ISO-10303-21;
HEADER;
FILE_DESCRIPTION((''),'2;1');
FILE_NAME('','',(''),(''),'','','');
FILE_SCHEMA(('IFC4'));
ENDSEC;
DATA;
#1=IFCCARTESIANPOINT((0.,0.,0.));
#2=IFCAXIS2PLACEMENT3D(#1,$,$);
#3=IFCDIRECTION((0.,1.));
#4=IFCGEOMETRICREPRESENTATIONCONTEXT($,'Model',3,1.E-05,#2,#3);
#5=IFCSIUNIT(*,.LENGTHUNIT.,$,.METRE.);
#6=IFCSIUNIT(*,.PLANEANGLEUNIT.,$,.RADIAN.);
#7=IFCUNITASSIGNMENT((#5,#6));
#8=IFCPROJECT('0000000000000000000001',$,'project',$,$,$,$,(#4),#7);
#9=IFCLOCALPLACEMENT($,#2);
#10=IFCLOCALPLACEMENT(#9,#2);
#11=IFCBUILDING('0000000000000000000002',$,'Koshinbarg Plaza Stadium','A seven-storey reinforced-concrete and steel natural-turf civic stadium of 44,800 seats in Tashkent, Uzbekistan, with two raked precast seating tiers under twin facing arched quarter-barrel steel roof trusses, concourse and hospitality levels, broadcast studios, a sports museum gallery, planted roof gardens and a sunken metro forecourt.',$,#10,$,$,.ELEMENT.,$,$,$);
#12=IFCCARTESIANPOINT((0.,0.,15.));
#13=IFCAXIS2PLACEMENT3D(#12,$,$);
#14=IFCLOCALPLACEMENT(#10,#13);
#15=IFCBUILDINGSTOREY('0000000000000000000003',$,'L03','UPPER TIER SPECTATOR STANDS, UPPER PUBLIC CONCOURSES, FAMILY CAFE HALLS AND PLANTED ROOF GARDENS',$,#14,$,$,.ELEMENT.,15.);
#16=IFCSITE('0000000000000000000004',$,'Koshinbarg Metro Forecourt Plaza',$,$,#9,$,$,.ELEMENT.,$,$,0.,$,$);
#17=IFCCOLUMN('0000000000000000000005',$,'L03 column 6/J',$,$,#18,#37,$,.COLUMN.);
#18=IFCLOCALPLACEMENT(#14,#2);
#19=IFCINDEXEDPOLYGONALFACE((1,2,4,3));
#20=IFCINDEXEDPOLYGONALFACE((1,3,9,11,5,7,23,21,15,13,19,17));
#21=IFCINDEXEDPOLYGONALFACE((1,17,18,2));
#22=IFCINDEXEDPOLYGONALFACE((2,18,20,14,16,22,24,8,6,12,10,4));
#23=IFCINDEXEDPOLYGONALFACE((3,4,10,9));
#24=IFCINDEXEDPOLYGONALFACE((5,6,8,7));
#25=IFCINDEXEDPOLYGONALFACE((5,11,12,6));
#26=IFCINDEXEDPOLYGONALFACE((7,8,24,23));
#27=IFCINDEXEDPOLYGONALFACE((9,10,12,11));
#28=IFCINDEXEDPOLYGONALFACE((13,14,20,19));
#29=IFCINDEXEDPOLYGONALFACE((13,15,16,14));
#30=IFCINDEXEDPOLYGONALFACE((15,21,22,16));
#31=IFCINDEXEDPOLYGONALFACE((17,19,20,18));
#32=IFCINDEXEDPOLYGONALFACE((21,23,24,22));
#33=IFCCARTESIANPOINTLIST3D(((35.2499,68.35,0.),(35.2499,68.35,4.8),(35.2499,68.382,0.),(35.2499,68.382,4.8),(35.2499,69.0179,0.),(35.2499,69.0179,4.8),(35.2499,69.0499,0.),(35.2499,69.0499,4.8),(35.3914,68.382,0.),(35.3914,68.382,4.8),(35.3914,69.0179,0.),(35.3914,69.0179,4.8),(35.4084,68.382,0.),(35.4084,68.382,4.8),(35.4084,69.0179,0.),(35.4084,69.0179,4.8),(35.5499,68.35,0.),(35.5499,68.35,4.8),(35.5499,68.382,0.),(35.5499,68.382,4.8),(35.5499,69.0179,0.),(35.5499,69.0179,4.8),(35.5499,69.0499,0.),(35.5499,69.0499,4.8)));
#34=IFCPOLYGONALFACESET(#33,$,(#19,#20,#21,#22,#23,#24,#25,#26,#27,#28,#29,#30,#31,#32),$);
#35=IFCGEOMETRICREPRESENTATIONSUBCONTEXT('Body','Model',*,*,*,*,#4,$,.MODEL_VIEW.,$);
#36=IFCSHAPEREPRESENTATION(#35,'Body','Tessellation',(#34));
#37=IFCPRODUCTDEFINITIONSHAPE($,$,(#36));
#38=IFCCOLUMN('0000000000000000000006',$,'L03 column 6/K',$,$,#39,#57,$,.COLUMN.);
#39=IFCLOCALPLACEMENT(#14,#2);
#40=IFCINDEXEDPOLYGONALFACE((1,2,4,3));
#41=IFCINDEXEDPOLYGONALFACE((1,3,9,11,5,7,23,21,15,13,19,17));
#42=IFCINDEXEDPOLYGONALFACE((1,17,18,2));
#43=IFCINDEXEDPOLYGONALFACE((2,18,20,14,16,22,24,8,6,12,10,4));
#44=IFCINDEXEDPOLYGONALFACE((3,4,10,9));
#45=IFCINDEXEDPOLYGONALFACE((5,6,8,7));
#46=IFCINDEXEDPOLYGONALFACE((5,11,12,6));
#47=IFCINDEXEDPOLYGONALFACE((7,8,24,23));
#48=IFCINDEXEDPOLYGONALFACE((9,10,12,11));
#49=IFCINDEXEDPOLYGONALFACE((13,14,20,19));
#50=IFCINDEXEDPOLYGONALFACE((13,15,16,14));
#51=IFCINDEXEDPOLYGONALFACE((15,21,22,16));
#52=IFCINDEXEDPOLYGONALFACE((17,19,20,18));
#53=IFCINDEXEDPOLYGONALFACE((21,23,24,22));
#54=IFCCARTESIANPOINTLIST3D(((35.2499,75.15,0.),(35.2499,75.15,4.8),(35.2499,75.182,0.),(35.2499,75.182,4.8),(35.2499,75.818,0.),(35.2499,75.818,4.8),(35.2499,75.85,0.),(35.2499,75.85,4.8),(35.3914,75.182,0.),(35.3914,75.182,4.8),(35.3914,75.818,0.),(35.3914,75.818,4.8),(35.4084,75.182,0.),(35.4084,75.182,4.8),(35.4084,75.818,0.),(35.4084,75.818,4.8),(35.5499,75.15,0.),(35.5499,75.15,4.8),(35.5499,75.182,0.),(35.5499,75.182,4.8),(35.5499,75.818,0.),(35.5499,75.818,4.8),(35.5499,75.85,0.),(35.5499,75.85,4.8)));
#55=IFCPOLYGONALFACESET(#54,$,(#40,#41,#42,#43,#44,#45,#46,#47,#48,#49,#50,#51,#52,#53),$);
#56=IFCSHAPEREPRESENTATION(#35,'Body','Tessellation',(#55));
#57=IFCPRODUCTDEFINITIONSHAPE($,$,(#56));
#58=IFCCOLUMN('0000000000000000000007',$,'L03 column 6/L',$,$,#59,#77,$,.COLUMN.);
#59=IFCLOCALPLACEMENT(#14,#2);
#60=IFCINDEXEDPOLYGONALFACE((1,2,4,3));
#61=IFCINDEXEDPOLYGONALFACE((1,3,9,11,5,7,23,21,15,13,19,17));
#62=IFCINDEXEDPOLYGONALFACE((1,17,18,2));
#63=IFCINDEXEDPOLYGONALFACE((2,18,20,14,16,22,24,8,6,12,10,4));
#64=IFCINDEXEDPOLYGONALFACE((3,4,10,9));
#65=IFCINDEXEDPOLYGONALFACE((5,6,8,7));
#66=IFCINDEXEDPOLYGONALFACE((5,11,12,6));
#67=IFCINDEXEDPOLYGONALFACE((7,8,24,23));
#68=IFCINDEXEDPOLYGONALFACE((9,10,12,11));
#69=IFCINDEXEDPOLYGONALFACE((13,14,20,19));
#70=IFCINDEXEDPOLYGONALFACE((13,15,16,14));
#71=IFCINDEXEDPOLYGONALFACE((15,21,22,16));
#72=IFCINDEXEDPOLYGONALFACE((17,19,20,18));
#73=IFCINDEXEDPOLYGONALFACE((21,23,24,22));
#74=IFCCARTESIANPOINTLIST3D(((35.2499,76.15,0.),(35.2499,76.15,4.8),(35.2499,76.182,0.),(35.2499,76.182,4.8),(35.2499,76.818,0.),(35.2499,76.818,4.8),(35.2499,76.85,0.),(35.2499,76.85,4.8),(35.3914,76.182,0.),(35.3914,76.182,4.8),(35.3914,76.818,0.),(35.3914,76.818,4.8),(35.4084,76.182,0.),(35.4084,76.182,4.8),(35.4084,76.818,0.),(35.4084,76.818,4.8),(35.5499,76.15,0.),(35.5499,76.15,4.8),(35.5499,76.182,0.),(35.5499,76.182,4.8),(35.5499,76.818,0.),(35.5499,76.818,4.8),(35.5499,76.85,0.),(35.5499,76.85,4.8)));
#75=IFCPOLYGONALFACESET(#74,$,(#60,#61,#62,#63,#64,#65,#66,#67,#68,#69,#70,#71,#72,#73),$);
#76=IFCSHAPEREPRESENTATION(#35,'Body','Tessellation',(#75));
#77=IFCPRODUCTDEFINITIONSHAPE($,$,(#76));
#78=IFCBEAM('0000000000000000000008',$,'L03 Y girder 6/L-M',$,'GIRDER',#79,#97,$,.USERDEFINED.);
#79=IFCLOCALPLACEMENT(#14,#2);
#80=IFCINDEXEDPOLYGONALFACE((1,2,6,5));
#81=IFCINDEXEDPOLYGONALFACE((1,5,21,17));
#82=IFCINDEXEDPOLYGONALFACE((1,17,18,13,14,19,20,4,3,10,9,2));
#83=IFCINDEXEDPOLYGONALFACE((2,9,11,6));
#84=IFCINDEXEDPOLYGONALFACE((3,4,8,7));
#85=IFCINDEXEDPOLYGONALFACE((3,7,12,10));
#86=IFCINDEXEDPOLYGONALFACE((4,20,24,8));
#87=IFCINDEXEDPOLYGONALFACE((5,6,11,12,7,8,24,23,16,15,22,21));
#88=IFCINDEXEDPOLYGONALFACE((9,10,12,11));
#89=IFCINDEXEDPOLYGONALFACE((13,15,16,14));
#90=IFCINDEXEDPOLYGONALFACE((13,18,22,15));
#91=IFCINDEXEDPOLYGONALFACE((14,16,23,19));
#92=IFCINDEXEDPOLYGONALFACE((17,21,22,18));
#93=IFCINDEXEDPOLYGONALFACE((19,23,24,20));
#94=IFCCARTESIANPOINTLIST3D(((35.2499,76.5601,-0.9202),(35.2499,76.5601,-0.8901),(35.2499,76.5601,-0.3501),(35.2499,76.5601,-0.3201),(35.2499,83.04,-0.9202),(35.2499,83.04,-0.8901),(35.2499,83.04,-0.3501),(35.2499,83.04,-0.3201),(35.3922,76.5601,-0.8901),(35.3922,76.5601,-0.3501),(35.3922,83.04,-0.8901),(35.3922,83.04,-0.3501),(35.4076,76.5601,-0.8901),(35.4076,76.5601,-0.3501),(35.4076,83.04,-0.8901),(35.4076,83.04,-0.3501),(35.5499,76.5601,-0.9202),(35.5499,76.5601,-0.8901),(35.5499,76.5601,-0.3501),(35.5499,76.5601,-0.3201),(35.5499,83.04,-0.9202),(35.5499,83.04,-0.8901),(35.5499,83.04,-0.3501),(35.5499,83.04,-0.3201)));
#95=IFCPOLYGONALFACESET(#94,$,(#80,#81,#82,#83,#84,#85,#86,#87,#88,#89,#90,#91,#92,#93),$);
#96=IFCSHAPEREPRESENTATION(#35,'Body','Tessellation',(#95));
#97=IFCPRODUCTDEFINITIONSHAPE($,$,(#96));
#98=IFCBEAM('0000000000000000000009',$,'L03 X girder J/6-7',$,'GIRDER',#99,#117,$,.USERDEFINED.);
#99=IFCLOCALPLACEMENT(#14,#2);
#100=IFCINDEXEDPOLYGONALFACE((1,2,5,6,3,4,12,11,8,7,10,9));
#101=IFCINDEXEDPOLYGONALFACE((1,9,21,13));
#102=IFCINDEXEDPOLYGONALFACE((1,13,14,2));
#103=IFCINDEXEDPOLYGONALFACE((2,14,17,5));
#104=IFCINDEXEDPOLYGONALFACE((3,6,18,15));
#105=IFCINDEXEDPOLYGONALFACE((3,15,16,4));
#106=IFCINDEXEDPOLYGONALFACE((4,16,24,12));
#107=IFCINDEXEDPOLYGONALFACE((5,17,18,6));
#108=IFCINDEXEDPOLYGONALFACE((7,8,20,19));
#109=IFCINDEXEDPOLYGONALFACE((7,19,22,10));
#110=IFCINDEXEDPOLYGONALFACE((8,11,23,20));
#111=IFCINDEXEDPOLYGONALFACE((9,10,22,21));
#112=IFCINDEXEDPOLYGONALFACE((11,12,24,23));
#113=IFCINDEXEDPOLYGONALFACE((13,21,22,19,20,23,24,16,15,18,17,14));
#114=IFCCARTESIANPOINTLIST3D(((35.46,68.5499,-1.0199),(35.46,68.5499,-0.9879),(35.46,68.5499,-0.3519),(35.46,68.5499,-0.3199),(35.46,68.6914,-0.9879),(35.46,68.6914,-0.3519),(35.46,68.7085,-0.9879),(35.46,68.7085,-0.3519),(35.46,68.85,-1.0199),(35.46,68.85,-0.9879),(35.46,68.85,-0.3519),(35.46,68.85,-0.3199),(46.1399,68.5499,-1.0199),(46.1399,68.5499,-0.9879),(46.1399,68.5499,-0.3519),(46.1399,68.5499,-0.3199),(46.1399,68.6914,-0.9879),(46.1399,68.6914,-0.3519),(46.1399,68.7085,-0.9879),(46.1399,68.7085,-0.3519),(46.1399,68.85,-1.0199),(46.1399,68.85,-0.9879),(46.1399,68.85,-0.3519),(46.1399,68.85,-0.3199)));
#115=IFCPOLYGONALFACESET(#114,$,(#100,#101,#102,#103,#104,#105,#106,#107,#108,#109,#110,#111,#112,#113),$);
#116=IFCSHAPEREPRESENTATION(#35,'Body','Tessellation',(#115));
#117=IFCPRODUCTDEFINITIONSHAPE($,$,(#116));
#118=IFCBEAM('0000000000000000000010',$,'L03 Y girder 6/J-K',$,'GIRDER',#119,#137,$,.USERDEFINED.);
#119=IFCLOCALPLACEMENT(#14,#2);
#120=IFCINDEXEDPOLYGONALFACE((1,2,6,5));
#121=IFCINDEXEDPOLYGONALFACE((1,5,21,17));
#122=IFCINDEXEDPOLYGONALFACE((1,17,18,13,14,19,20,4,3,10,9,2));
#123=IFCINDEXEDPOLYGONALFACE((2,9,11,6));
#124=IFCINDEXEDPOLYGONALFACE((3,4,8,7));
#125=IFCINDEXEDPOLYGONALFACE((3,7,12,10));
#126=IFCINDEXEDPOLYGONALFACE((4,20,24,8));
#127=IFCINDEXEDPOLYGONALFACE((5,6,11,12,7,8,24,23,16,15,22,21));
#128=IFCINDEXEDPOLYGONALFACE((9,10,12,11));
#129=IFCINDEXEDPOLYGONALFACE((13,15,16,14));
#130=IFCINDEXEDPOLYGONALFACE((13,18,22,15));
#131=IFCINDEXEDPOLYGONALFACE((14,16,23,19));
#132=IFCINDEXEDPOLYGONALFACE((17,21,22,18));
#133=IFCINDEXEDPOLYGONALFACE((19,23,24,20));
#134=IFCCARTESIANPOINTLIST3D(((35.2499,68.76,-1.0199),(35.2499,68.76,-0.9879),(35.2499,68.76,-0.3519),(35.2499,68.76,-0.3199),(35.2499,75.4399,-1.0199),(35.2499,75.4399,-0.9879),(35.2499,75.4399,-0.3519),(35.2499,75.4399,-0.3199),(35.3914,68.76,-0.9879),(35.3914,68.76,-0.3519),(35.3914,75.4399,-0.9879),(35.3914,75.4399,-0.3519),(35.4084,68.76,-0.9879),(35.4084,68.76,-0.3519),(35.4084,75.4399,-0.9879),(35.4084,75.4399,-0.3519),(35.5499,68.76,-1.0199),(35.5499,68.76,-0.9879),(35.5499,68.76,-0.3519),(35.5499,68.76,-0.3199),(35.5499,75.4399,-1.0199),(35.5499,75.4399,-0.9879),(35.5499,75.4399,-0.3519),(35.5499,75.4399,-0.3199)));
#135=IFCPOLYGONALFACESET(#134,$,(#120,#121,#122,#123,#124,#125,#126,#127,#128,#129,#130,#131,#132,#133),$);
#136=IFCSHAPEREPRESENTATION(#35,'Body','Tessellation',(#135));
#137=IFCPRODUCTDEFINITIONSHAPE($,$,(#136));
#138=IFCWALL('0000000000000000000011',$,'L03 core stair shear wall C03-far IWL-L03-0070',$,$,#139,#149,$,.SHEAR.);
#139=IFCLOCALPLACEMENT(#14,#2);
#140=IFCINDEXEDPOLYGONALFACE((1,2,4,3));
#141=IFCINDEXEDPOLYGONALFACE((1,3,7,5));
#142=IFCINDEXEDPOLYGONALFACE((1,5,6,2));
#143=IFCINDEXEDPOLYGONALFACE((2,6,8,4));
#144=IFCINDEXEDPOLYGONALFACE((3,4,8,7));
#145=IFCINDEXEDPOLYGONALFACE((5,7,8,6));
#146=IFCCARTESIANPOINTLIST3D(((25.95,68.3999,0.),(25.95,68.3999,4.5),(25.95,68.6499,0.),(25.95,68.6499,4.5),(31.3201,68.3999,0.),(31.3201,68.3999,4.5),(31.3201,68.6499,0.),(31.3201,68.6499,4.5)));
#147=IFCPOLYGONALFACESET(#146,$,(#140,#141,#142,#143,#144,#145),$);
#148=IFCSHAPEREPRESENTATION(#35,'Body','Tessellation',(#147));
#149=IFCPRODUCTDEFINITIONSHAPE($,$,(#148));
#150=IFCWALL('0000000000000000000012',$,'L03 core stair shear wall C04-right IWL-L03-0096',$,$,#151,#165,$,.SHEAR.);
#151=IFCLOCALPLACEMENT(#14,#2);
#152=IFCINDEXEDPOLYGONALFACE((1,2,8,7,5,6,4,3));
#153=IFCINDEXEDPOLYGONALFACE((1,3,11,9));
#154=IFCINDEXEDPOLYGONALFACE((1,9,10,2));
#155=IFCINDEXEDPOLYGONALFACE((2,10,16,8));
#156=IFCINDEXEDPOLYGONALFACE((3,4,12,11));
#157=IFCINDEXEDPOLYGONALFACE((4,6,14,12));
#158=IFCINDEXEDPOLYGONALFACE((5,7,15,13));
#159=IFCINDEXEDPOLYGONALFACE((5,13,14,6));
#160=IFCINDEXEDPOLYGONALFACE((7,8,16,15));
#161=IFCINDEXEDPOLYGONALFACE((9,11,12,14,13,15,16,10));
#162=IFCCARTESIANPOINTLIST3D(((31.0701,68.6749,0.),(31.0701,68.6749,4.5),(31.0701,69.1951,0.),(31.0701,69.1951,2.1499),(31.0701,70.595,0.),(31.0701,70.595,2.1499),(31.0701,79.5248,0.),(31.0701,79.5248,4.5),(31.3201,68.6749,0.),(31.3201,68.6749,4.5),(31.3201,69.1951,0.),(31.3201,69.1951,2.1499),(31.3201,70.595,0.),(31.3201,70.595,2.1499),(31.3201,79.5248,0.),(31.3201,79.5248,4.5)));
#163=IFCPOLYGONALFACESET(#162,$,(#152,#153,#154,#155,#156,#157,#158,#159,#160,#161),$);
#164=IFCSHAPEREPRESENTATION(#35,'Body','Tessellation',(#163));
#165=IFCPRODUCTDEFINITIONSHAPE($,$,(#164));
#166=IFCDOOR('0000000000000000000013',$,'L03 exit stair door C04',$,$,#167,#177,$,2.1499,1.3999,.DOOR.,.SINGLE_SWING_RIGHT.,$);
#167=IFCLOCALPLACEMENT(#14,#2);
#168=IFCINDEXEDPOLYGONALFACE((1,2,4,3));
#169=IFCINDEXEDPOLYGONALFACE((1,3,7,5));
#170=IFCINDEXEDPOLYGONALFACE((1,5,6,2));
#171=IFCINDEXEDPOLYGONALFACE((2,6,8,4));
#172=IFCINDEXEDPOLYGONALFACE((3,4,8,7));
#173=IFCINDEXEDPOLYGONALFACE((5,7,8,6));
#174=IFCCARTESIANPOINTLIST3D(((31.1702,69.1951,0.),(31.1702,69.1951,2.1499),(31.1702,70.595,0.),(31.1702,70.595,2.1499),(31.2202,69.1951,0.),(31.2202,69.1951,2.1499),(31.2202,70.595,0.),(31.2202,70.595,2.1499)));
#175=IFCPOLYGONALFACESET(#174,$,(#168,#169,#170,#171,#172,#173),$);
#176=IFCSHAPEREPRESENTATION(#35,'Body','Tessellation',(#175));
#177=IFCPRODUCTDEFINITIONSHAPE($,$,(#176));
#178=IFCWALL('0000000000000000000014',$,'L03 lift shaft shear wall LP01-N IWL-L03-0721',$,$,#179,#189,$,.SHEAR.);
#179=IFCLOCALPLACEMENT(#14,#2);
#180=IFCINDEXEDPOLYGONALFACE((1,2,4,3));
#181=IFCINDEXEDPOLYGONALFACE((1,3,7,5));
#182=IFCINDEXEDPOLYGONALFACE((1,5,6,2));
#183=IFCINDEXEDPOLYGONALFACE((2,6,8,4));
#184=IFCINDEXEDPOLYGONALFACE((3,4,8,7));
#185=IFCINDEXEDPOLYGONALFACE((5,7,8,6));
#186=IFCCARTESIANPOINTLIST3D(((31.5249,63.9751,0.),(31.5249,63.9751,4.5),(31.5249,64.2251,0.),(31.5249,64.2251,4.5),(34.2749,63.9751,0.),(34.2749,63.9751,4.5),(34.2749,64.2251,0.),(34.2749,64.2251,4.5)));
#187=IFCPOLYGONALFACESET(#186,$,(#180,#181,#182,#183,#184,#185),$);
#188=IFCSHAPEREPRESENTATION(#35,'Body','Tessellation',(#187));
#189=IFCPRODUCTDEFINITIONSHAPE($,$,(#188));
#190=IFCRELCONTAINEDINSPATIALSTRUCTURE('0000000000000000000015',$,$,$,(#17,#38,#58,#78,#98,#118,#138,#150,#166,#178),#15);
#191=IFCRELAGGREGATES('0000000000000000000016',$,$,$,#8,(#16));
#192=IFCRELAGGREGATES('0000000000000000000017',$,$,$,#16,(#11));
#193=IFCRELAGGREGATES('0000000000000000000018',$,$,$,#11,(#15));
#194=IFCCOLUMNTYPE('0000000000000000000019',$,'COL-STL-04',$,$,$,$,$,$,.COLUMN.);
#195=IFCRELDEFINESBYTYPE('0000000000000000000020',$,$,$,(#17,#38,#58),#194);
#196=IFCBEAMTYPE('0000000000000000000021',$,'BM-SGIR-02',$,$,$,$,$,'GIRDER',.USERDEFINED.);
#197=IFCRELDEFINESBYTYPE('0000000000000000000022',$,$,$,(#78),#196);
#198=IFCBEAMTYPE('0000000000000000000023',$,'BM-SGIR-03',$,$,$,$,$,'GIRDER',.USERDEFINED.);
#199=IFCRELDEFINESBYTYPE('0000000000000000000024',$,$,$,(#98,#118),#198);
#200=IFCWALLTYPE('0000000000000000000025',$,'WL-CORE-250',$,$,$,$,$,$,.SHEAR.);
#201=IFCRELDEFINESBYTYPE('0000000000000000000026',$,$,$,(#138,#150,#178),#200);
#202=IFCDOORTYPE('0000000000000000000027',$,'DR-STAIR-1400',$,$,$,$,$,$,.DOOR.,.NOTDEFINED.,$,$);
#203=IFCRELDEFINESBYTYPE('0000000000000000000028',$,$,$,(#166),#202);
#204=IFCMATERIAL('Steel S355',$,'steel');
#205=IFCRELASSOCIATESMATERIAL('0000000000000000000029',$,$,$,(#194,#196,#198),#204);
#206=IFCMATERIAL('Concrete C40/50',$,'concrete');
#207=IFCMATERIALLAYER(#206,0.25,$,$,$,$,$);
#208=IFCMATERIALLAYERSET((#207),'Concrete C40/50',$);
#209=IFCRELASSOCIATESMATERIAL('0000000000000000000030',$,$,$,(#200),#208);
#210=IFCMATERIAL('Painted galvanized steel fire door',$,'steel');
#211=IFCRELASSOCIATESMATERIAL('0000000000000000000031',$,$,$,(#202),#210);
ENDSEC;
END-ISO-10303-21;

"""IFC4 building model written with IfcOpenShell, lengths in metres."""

from ifc_helpers import new_model, si_unit, direction, frame, frame_2d, origin, origin_2d, place, context, subcontext, project, spatial, rectangle, i_section, extrude, material, layer, layer_set, material_profile, profile_set, type_object, element, fill, save


model = new_model("IFC4")

# Units and contexts
model_context = context("Model", 3, precision=1e-05, world=origin(), true_north=direction((0.0, 1.0)))
body_context = subcontext(model_context, "Body", "Model", "MODEL_VIEW")
ifc_project = project(units=[si_unit("LENGTHUNIT", "METRE"), si_unit("PLANEANGLEUNIT", "RADIAN")], contexts=[model_context])

# Site, building, storey
site_placement = place(None, origin())
site = spatial("IfcSite", under=ifc_project, at=site_placement, Name="Koshinbarg Metro Forecourt Plaza", CompositionType="ELEMENT", RefElevation=0.0)
building_placement = place(site_placement, origin())
building = spatial("IfcBuilding", under=site, at=building_placement, Name="Koshinbarg Plaza Stadium", Description="A seven-storey reinforced-concrete and steel natural-turf civic stadium of 44,800 seats in Tashkent, Uzbekistan, with two raked precast seating tiers under twin facing arched quarter-barrel steel roof trusses, concourse and hospitality levels, broadcast studios, a sports museum gallery, planted roof gardens and a sunken metro forecourt.", CompositionType="ELEMENT")
storey_placement = place(building_placement, frame((0.0, 0.0, 15.0)))
storey = spatial("IfcBuildingStorey", under=building, at=storey_placement, Name="L03", Description="UPPER TIER SPECTATOR STANDS, UPPER PUBLIC CONCOURSES, FAMILY CAFE HALLS AND PLANTED ROOF GARDENS", CompositionType="ELEMENT", Elevation=15.0)

# Columns
ifc_material_1 = material(Name="Steel S355", Category="steel")
ifc_material_profile_1 = material_profile(ifc_material_1, i_section(OverallWidth=0.3, OverallDepth=0.7, WebThickness=0.0171, FlangeThickness=0.032, at=origin_2d()), Name="HEB 700")
ifc_profile_set_1 = profile_set([ifc_material_profile_1], Name="Steel S355")
column_type = type_object("IfcColumnType", Name="COL-STL-04", PredefinedType="COLUMN", material=ifc_profile_set_1)
for number, where, z_axis, x_axis, name in (
    (1, (35.3999, 68.7, 0.0), (0.0, 0.0, 1.0), (1.0, 0.0, 0.0), "L03 column 6/J"),
    (2, (35.3999, 75.5, 0.0), (0.0, 0.0, 1.0), (1.0, 0.0, 0.0), "L03 column 6/K"),
    (3, (35.3999, 76.5, 0.0), (0.0, 0.0, 1.0), (1.0, 0.0, 0.0), "L03 column 6/L"),
):
    element("IfcColumn", number, at=place(storey_placement, frame(where, z_axis=z_axis, x_axis=x_axis)), inside=storey, type_object=column_type, Name=name, PredefinedType="COLUMN", context=body_context, shape_type="SweptSolid", body=[
        extrude(i_section(OverallWidth=0.3, OverallDepth=0.7, WebThickness=0.0171, FlangeThickness=0.032, at=origin_2d()), origin(), (0.0, 0.0, 1.0), 4.8),
    ])

# Beams
ifc_material_profile_2 = material_profile(ifc_material_1, i_section(OverallWidth=0.3, OverallDepth=0.6001, WebThickness=0.0154, FlangeThickness=0.03, at=origin_2d()), Name="HEB 600")
ifc_profile_set_2 = profile_set([ifc_material_profile_2], Name="Steel S355")
beam_type_1 = type_object("IfcBeamType", Name="BM-SGIR-02", ElementType="GIRDER", PredefinedType="USERDEFINED", material=ifc_profile_set_2)
beam_1_placement = place(storey_placement, frame((35.3999, 76.5601, -0.6201), z_axis=(0.0, 1.0, 0.0), x_axis=(-1.0, 0.0, 0.0)))
element("IfcBeam", 4, at=beam_1_placement, inside=storey, type_object=beam_type_1, Name="L03 Y girder 6/L-M", ObjectType="GIRDER", PredefinedType="USERDEFINED", context=body_context, shape_type="SweptSolid", body=[
    extrude(i_section(OverallWidth=0.3, OverallDepth=0.6001, WebThickness=0.0154, FlangeThickness=0.03, at=origin_2d()), origin(), (0.0, 0.0, 1.0), 6.48),
])
ifc_material_profile_3 = material_profile(ifc_material_1, i_section(OverallWidth=0.3, OverallDepth=0.7, WebThickness=0.0171, FlangeThickness=0.032, at=origin_2d()), Name="HEB 700")
ifc_profile_set_3 = profile_set([ifc_material_profile_3], Name="Steel S355")
beam_type_2 = type_object("IfcBeamType", Name="BM-SGIR-03", ElementType="GIRDER", PredefinedType="USERDEFINED", material=ifc_profile_set_3)
beam_2_placement = place(storey_placement, frame((35.46, 68.7, -0.6699), z_axis=(1.0, 0.0, 0.0), x_axis=(0.0, 1.0, 0.0)))
element("IfcBeam", 5, at=beam_2_placement, inside=storey, type_object=beam_type_2, Name="L03 X girder J/6-7", ObjectType="GIRDER", PredefinedType="USERDEFINED", context=body_context, shape_type="SweptSolid", body=[
    extrude(i_section(OverallWidth=0.3, OverallDepth=0.7, WebThickness=0.0171, FlangeThickness=0.032, at=origin_2d()), origin(), (0.0, 0.0, 1.0), 10.6799),
])
beam_3_placement = place(storey_placement, frame((35.3999, 68.76, -0.6699), z_axis=(0.0, 1.0, 0.0), x_axis=(-1.0, 0.0, 0.0)))
element("IfcBeam", 6, at=beam_3_placement, inside=storey, type_object=beam_type_2, Name="L03 Y girder 6/J-K", ObjectType="GIRDER", PredefinedType="USERDEFINED", context=body_context, shape_type="SweptSolid", body=[
    extrude(i_section(OverallWidth=0.3, OverallDepth=0.7, WebThickness=0.0171, FlangeThickness=0.032, at=origin_2d()), origin(), (0.0, 0.0, 1.0), 6.6799),
])

# Wall
ifc_material_2 = material(Name="Concrete C40/50", Category="concrete")
ifc_layer_1 = layer(ifc_material_2, 0.25)
ifc_layer_set_1 = layer_set([ifc_layer_1], Name="Concrete C40/50")
wall_type_1 = type_object("IfcWallType", Name="WL-CORE-250", PredefinedType="SHEAR", material=ifc_layer_set_1)
wall_1_placement = place(storey_placement, frame((31.3201, 68.5249, 0.0), z_axis=(0.0, 0.0, 1.0), x_axis=(-1.0, 0.0, 0.0)))
element("IfcWall", 7, at=wall_1_placement, inside=storey, type_object=wall_type_1, Name="L03 core stair shear wall C03-far IWL-L03-0070", PredefinedType="SHEAR", context=body_context, shape_type="SweptSolid", body=[
    extrude(rectangle(XDim=5.3701, YDim=0.25, at=frame_2d((2.6851, 0.0))), origin(), (0.0, 0.0, 1.0), 4.5),
])

# Wall, opening, door
wall_2_placement = place(storey_placement, frame((31.1951, 68.675, 0.0), z_axis=(0.0, 0.0, 1.0), x_axis=(0.0, 1.0, 0.0)))
wall_2 = element("IfcWall", 8, at=wall_2_placement, inside=storey, type_object=wall_type_1, Name="L03 core stair shear wall C04-right IWL-L03-0096", PredefinedType="SHEAR", context=body_context, shape_type="SweptSolid", body=[
    extrude(rectangle(XDim=10.8499, YDim=0.25, at=frame_2d((5.4248, 0.0))), origin(), (0.0, 0.0, 1.0), 4.5),
])
opening_1_placement = place(wall_2_placement, frame((0.52, 0.0, 0.0)))
opening_1 = element("IfcOpeningElement", 9, at=opening_1_placement, cuts=wall_2, PredefinedType="OPENING", context=body_context, shape_type="SweptSolid", body=[
    extrude(rectangle(XDim=1.3999, YDim=2.1499, at=frame_2d((0.7, 1.075))), frame((0.0, 0.135, 0.0), z_axis=(0.0, -1.0, 0.0), x_axis=(1.0, 0.0, 0.0)), (0.0, 0.0, 1.0), 0.27),
])
ifc_material_3 = material(Name="Painted galvanized steel fire door", Category="steel")
door_type_1 = type_object("IfcDoorType", Name="DR-STAIR-1400", OperationType="NOTDEFINED", PredefinedType="DOOR", material=ifc_material_3)
door_1_placement = place(opening_1_placement, origin())
door_1 = element("IfcDoor", 10, at=door_1_placement, inside=storey, type_object=door_type_1, Name="L03 exit stair door C04", OperationType="SINGLE_SWING_RIGHT", OverallHeight=2.1499, OverallWidth=1.3999, PredefinedType="DOOR", context=body_context, shape_type="SweptSolid", body=[
    extrude(rectangle(XDim=1.3999, YDim=2.1499, at=frame_2d((0.7, 1.075))), frame((0.0, 0.0249, 0.0), z_axis=(0.0, -1.0, 0.0), x_axis=(1.0, 0.0, 0.0)), (0.0, 0.0, 1.0), 0.05),
])
fill(opening_1, door_1)

# Wall
wall_3_placement = place(storey_placement, frame((34.2749, 64.1001, 0.0), z_axis=(0.0, 0.0, 1.0), x_axis=(-1.0, 0.0, 0.0)))
element("IfcWall", 11, at=wall_3_placement, inside=storey, type_object=wall_type_1, Name="L03 lift shaft shear wall LP01-N IWL-L03-0721", PredefinedType="SHEAR", context=body_context, shape_type="SweptSolid", body=[
    extrude(rectangle(XDim=2.75, YDim=0.25, at=frame_2d((1.375, 0.0))), origin(), (0.0, 0.0, 1.0), 4.5),
])

save(model, "model.ifc")
